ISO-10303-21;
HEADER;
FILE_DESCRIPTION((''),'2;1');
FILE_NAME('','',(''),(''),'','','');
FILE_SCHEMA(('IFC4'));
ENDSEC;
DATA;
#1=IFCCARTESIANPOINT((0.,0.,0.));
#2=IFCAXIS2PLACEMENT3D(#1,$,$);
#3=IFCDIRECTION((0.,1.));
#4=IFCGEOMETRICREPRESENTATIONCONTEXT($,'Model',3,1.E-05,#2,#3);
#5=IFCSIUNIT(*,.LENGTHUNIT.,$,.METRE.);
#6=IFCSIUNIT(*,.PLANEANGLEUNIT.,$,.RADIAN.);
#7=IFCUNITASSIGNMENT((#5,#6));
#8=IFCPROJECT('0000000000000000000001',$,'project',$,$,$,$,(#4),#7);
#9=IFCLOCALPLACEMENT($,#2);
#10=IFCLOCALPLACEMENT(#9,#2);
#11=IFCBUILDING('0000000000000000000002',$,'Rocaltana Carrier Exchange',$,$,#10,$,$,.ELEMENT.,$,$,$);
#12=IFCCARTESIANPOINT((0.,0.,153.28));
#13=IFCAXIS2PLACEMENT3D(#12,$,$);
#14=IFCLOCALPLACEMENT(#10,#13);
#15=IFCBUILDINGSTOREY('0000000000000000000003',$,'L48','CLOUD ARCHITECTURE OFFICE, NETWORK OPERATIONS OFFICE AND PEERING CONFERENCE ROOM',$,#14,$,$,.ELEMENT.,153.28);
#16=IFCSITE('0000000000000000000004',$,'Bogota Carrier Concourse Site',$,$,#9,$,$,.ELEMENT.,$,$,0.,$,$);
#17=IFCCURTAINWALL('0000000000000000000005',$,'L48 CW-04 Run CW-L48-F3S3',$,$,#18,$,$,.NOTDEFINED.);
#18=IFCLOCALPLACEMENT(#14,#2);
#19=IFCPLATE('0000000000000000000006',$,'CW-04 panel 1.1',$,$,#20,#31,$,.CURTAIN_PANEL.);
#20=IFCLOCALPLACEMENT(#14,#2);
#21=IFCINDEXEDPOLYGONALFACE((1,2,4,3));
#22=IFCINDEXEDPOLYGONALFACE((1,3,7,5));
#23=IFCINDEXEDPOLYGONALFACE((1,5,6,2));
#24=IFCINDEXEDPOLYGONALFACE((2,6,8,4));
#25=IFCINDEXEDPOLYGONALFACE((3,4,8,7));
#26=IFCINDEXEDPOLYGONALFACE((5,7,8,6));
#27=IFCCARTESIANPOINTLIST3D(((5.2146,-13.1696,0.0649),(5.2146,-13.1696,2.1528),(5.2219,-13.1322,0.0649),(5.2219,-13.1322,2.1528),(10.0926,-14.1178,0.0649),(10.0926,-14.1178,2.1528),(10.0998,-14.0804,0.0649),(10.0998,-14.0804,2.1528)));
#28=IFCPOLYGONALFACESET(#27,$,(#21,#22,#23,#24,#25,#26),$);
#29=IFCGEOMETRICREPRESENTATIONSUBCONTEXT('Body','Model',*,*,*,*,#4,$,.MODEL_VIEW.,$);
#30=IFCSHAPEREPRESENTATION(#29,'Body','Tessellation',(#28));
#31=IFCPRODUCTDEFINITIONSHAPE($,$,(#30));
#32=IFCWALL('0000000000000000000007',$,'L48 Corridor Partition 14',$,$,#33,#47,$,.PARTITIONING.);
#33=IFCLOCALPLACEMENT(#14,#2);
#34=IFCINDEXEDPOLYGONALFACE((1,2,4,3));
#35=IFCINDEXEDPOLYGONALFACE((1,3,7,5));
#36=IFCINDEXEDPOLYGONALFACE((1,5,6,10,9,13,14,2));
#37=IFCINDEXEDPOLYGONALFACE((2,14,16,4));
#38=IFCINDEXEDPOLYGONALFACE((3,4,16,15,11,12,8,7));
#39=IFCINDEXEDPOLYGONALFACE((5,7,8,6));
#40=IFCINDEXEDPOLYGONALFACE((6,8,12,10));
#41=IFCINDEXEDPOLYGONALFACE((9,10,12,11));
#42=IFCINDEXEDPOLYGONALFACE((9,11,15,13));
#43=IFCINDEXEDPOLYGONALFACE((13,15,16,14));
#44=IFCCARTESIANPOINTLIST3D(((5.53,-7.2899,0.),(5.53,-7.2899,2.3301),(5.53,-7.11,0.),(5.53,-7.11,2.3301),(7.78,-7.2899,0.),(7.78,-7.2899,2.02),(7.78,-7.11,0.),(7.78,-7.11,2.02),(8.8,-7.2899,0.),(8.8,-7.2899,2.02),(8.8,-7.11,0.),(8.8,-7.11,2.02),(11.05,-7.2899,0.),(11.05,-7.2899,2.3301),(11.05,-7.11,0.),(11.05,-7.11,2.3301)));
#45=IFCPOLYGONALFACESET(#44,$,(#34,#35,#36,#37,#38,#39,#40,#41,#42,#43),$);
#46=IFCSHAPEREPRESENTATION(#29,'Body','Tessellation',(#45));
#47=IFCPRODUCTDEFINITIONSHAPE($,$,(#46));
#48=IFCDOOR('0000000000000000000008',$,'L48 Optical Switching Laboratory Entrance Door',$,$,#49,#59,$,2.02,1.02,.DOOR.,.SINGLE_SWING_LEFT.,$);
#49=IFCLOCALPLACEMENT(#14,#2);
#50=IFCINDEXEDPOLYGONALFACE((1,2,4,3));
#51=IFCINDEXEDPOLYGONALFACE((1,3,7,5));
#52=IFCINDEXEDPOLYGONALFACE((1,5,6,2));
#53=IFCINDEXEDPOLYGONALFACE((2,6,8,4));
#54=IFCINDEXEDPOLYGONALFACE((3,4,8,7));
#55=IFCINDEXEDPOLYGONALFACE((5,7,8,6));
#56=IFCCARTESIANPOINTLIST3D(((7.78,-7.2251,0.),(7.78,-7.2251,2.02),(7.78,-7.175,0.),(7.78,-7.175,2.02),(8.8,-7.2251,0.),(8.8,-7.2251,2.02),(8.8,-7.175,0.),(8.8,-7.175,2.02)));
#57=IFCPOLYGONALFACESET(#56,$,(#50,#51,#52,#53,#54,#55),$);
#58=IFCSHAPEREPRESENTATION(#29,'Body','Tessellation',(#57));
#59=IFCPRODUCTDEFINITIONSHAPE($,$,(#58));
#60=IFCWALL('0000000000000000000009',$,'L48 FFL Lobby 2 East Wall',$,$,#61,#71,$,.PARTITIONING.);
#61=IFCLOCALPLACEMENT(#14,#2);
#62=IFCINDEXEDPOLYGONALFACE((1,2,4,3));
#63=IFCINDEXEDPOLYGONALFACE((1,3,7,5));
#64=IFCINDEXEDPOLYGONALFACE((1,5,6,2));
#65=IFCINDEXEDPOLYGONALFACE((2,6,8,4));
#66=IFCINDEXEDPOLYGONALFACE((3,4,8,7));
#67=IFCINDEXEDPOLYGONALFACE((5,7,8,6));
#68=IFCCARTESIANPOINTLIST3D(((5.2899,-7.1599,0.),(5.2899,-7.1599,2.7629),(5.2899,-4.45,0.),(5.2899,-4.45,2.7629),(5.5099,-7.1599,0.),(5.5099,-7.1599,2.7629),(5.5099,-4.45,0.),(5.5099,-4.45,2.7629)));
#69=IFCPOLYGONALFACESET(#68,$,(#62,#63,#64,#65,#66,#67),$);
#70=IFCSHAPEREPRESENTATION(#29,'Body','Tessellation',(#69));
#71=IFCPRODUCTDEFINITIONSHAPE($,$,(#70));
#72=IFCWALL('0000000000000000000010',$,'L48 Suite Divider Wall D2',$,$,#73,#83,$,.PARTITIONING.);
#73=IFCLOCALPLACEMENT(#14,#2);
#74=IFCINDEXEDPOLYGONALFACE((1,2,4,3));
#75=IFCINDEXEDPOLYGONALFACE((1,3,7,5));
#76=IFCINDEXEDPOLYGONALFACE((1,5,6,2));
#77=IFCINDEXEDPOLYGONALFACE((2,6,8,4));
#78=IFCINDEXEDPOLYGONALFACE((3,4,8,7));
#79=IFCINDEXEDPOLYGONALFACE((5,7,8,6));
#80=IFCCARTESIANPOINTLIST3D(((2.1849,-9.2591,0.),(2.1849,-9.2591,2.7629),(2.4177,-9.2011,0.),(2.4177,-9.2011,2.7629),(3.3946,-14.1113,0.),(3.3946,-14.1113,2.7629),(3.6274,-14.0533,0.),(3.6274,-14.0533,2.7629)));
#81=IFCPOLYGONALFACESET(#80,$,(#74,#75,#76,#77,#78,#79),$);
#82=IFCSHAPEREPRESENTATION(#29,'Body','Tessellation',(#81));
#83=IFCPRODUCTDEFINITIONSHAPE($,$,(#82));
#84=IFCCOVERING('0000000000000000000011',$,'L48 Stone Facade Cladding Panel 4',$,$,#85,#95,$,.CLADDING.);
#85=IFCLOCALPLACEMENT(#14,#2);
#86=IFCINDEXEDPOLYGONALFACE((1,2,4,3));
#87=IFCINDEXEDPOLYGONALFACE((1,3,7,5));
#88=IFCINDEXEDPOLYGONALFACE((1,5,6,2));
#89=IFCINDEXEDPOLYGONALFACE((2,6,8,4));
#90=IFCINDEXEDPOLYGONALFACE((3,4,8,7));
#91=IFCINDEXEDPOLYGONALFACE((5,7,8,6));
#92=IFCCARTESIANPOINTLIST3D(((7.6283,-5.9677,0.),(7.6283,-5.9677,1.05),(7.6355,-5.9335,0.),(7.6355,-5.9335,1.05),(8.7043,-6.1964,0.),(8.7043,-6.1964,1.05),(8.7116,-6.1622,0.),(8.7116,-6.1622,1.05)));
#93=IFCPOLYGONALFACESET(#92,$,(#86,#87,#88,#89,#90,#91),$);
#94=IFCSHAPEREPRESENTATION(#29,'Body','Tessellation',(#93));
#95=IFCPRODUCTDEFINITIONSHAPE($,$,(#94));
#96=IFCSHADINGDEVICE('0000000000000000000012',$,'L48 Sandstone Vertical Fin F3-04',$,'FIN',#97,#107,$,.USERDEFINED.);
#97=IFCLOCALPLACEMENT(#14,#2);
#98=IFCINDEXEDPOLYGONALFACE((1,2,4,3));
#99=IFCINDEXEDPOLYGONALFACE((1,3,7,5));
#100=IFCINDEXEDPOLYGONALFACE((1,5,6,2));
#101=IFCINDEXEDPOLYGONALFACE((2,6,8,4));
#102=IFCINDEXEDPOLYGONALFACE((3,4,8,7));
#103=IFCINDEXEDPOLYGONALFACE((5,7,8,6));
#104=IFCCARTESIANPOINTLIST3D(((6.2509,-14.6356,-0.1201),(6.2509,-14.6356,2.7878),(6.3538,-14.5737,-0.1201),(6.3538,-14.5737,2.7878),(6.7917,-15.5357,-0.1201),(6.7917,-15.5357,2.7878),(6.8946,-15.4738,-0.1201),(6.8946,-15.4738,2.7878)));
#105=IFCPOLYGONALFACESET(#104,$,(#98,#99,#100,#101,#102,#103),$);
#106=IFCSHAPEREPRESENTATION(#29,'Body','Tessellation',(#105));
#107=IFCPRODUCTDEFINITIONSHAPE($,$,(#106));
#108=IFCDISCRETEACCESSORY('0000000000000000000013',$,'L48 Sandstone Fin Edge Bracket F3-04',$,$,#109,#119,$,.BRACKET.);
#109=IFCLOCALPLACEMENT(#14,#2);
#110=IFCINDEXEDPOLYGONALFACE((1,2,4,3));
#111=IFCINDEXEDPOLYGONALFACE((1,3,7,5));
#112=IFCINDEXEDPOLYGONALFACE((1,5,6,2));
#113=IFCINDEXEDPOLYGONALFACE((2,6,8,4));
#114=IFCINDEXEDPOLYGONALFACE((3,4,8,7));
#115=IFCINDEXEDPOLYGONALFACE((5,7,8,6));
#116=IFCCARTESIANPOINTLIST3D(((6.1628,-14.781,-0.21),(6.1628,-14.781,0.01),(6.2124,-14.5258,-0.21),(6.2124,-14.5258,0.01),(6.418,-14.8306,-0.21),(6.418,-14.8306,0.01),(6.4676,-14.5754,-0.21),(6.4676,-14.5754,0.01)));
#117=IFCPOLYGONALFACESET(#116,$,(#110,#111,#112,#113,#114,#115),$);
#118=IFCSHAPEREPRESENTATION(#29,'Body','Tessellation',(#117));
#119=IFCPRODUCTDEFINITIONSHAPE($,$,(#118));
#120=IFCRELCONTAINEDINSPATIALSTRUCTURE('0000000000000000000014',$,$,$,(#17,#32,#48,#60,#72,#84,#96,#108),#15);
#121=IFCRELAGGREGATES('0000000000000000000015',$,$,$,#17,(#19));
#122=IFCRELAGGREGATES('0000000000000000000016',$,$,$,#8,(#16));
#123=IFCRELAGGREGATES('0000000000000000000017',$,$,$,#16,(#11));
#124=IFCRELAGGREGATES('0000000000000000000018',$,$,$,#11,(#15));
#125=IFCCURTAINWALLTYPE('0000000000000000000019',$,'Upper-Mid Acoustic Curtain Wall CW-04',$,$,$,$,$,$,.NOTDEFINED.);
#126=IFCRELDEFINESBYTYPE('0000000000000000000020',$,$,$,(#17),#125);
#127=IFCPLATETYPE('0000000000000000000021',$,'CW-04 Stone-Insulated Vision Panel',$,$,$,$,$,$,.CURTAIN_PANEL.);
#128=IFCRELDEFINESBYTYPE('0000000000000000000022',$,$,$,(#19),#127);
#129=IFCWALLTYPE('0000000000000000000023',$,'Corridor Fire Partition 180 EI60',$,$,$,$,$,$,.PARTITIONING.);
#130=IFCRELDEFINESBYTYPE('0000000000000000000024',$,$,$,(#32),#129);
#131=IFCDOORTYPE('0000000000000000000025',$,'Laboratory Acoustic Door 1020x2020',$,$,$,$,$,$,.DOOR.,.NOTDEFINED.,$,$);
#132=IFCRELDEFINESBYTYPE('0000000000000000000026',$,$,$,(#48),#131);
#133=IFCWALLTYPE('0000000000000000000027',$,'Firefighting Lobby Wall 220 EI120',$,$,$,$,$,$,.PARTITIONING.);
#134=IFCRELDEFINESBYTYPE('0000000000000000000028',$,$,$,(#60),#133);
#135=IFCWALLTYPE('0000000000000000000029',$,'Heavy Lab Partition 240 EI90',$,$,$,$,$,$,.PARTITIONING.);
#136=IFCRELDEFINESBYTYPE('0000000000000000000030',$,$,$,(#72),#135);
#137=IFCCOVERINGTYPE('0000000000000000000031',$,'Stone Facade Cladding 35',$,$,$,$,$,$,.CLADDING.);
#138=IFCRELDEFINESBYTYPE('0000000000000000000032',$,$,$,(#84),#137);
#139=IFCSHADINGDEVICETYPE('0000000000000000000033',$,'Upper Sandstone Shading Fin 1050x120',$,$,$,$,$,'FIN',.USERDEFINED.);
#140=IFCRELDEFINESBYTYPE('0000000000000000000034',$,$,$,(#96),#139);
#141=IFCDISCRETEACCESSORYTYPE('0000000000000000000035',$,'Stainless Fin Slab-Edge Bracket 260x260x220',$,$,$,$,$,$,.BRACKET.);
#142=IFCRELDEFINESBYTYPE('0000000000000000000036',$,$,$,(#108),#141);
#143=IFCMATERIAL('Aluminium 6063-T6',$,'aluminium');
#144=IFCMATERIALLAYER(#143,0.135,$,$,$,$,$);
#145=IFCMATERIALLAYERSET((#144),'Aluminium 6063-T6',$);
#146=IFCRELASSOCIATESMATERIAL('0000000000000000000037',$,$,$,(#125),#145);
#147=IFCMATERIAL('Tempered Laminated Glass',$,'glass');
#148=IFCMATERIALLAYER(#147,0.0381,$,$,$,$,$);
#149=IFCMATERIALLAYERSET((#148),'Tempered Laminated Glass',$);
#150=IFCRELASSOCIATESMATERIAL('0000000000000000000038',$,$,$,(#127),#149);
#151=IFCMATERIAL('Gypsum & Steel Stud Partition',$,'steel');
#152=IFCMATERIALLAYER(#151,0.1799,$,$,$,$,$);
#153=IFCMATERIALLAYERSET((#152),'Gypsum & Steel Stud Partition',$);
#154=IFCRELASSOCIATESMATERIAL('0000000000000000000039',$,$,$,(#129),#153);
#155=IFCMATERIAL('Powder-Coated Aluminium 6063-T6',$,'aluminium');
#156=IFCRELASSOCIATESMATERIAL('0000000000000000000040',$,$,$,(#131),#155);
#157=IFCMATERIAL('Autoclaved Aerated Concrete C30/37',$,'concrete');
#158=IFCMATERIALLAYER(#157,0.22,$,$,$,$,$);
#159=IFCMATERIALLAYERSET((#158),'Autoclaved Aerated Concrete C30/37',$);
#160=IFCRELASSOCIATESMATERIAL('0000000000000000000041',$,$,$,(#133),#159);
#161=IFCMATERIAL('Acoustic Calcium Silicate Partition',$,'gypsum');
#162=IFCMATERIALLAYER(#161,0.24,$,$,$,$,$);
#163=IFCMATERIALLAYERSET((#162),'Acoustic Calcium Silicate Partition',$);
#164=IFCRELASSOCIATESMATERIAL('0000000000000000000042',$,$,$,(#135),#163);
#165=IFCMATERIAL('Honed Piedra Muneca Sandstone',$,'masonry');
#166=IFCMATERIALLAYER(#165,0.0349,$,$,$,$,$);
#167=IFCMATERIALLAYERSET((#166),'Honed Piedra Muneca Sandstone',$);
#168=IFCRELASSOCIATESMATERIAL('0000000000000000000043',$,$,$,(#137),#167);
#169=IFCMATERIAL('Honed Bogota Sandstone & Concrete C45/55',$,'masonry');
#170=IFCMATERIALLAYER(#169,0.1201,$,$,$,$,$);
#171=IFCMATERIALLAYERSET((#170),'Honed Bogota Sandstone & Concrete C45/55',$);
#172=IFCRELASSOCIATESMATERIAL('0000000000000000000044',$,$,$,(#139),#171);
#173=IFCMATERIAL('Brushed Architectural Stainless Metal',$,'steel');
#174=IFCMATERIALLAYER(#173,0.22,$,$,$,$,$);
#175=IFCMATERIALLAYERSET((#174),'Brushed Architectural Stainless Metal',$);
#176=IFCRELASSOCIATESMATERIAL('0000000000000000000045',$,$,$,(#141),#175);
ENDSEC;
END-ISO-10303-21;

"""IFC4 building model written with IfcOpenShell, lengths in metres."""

from ifc_helpers import new_model, si_unit, direction, frame, frame_2d, origin, origin_2d, place, context, subcontext, project, spatial, rectangle, extrude, material, layer, layer_set, type_object, element, fill, aggregate, save


model = new_model("IFC4")

# Units and contexts
model_context = context("Model", 3, precision=1e-05, world=origin(), true_north=direction((0.0, 1.0)))
body_context = subcontext(model_context, "Body", "Model", "MODEL_VIEW")
ifc_project = project(units=[si_unit("LENGTHUNIT", "METRE"), si_unit("PLANEANGLEUNIT", "RADIAN")], contexts=[model_context])

# Site, building, storey
site_placement = place(None, origin())
site = spatial("IfcSite", under=ifc_project, at=site_placement, Name="Bogota Carrier Concourse Site", CompositionType="ELEMENT", RefElevation=0.0)
building_placement = place(site_placement, origin())
building = spatial("IfcBuilding", under=site, at=building_placement, Name="Rocaltana Carrier Exchange", CompositionType="ELEMENT")
storey_placement = place(building_placement, frame((0.0, 0.0, 153.28)))
storey = spatial("IfcBuildingStorey", under=building, at=storey_placement, Name="L48", Description="CLOUD ARCHITECTURE OFFICE, NETWORK OPERATIONS OFFICE AND PEERING CONFERENCE ROOM", CompositionType="ELEMENT", Elevation=153.28)

# Shared definitions
ifc_material_1 = material(Name="Aluminium 6063-T6", Category="aluminium")
ifc_layer_1 = layer(ifc_material_1, 0.135)
ifc_layer_set_1 = layer_set([ifc_layer_1], Name="Aluminium 6063-T6")
curtain_wall_type = type_object("IfcCurtainWallType", Name="Upper-Mid Acoustic Curtain Wall CW-04", PredefinedType="NOTDEFINED", material=ifc_layer_set_1)

# Curtain wall
curtain_wall_1_placement = place(storey_placement, origin())
curtain_wall_1 = element("IfcCurtainWall", 1, at=curtain_wall_1_placement, inside=storey, type_object=curtain_wall_type, Name="L48 CW-04 Run CW-L48-F3S3", PredefinedType="NOTDEFINED")

# Plate
ifc_material_2 = material(Name="Tempered Laminated Glass", Category="glass")
ifc_layer_2 = layer(ifc_material_2, 0.0381)
ifc_layer_set_2 = layer_set([ifc_layer_2], Name="Tempered Laminated Glass")
plate_type = type_object("IfcPlateType", Name="CW-04 Stone-Insulated Vision Panel", PredefinedType="CURTAIN_PANEL", material=ifc_layer_set_2)
plate_placement = place(storey_placement, frame((7.6572, -13.625, 0.0649), z_axis=(0.0, 0.0, 1.0), x_axis=(0.981628, -0.190805, 0.0)))
plate = element("IfcPlate", 2, at=plate_placement, type_object=plate_type, Name="CW-04 panel 1.1", PredefinedType="CURTAIN_PANEL", context=body_context, shape_type="SweptSolid", body=[
    extrude(rectangle(XDim=4.9692, YDim=0.0381, at=origin_2d()), origin(), (0.0, 0.0, 1.0), 2.0879),
])
aggregate(curtain_wall_1, [plate])

# Wall, opening, door
ifc_material_3 = material(Name="Gypsum & Steel Stud Partition", Category="steel")
ifc_layer_3 = layer(ifc_material_3, 0.1799)
ifc_layer_set_3 = layer_set([ifc_layer_3], Name="Gypsum & Steel Stud Partition")
wall_type_1 = type_object("IfcWallType", Name="Corridor Fire Partition 180 EI60", PredefinedType="PARTITIONING", material=ifc_layer_set_3)
wall_1_placement = place(storey_placement, frame((5.53, -7.2, 0.0), z_axis=(0.0, 0.0, 1.0), x_axis=(1.0, 0.0, 0.0)))
wall_1 = element("IfcWall", 3, at=wall_1_placement, inside=storey, type_object=wall_type_1, Name="L48 Corridor Partition 14", PredefinedType="PARTITIONING", context=body_context, shape_type="SweptSolid", body=[
    extrude(rectangle(XDim=5.52, YDim=0.1799, at=frame_2d((2.76, 0.0))), origin(), (0.0, 0.0, 1.0), 2.3301),
])
opening_placement = place(wall_1_placement, frame((2.25, 0.0, 0.0)))
opening = element("IfcOpeningElement", 4, at=opening_placement, cuts=wall_1, PredefinedType="OPENING", context=body_context, shape_type="SweptSolid", body=[
    extrude(rectangle(XDim=1.02, YDim=2.02, at=frame_2d((0.51, 1.01))), frame((0.0, 0.0999, 0.0), z_axis=(0.0, -1.0, 0.0), x_axis=(1.0, 0.0, 0.0)), (0.0, 0.0, 1.0), 0.2),
])
ifc_material_4 = material(Name="Powder-Coated Aluminium 6063-T6", Category="aluminium")
door_type = type_object("IfcDoorType", Name="Laboratory Acoustic Door 1020x2020", OperationType="NOTDEFINED", PredefinedType="DOOR", material=ifc_material_4)
door_placement = place(opening_placement, origin())
door = element("IfcDoor", 5, at=door_placement, inside=storey, type_object=door_type, Name="L48 Optical Switching Laboratory Entrance Door", OperationType="SINGLE_SWING_LEFT", OverallHeight=2.02, OverallWidth=1.02, PredefinedType="DOOR", context=body_context, shape_type="SweptSolid", body=[
    extrude(rectangle(XDim=1.02, YDim=2.02, at=frame_2d((0.51, 1.01))), frame((0.0, 0.0249, 0.0), z_axis=(0.0, -1.0, 0.0), x_axis=(1.0, 0.0, 0.0)), (0.0, 0.0, 1.0), 0.05),
])
fill(opening, door)

# Walls
ifc_material_5 = material(Name="Autoclaved Aerated Concrete C30/37", Category="concrete")
ifc_layer_4 = layer(ifc_material_5, 0.22)
ifc_layer_set_4 = layer_set([ifc_layer_4], Name="Autoclaved Aerated Concrete C30/37")
wall_type_2 = type_object("IfcWallType", Name="Firefighting Lobby Wall 220 EI120", PredefinedType="PARTITIONING", material=ifc_layer_set_4)
wall_2_placement = place(storey_placement, frame((5.3999, -7.1599, 0.0), z_axis=(0.0, 0.0, 1.0), x_axis=(0.0, 1.0, 0.0)))
element("IfcWall", 6, at=wall_2_placement, inside=storey, type_object=wall_type_2, Name="L48 FFL Lobby 2 East Wall", PredefinedType="PARTITIONING", context=body_context, shape_type="SweptSolid", body=[
    extrude(rectangle(XDim=2.71, YDim=0.22, at=frame_2d((1.355, 0.0))), origin(), (0.0, 0.0, 1.0), 2.7629),
])
ifc_material_6 = material(Name="Acoustic Calcium Silicate Partition", Category="gypsum")
ifc_layer_5 = layer(ifc_material_6, 0.24)
ifc_layer_set_5 = layer_set([ifc_layer_5], Name="Acoustic Calcium Silicate Partition")
wall_type_3 = type_object("IfcWallType", Name="Heavy Lab Partition 240 EI90", PredefinedType="PARTITIONING", material=ifc_layer_set_5)
wall_3_placement = place(storey_placement, frame((2.3013, -9.23, 0.0), z_axis=(0.0, 0.0, 1.0), x_axis=(0.241904, -0.9703, 0.0)))
element("IfcWall", 7, at=wall_3_placement, inside=storey, type_object=wall_type_3, Name="L48 Suite Divider Wall D2", PredefinedType="PARTITIONING", context=body_context, shape_type="SweptSolid", body=[
    extrude(rectangle(XDim=5.0007, YDim=0.24, at=frame_2d((2.5005, 0.0))), origin(), (0.0, 0.0, 1.0), 2.7629),
])

# Covering
ifc_material_7 = material(Name="Honed Piedra Muneca Sandstone", Category="masonry")
ifc_layer_6 = layer(ifc_material_7, 0.0349)
ifc_layer_set_6 = layer_set([ifc_layer_6], Name="Honed Piedra Muneca Sandstone")
covering_type = type_object("IfcCoveringType", Name="Stone Facade Cladding 35", PredefinedType="CLADDING", material=ifc_layer_set_6)
covering_placement = place(storey_placement, frame((8.1699, -6.0649, 0.0), z_axis=(0.0, 0.0, 1.0), x_axis=(-0.978148, 0.207912, 0.0)))
element("IfcCovering", 8, at=covering_placement, inside=storey, type_object=covering_type, Name="L48 Stone Facade Cladding Panel 4", PredefinedType="CLADDING", context=body_context, shape_type="SweptSolid", body=[
    extrude(rectangle(XDim=1.1001, YDim=0.0349, at=origin_2d()), origin(), (0.0, 0.0, 1.0), 1.05),
])

# Shading device
ifc_material_8 = material(Name="Honed Bogota Sandstone & Concrete C45/55", Category="masonry")
ifc_layer_7 = layer(ifc_material_8, 0.1201)
ifc_layer_set_7 = layer_set([ifc_layer_7], Name="Honed Bogota Sandstone & Concrete C45/55")
shading_device_type = type_object("IfcShadingDeviceType", Name="Upper Sandstone Shading Fin 1050x120", ElementType="FIN", PredefinedType="USERDEFINED", material=ifc_layer_set_7)
shading_device_placement = place(storey_placement, frame((6.5728, -15.0547, -0.1201), z_axis=(0.0, 0.0, 1.0), x_axis=(0.515038, -0.857167, 0.0)))
element("IfcShadingDevice", 9, at=shading_device_placement, inside=storey, type_object=shading_device_type, Name="L48 Sandstone Vertical Fin F3-04", ObjectType="FIN", PredefinedType="USERDEFINED", context=body_context, shape_type="SweptSolid", body=[
    extrude(rectangle(XDim=1.05, YDim=0.1201, at=origin_2d()), origin(), (0.0, 0.0, 1.0), 2.908),
])

# Discrete accessory
ifc_material_9 = material(Name="Brushed Architectural Stainless Metal", Category="steel")
ifc_layer_8 = layer(ifc_material_9, 0.22)
ifc_layer_set_8 = layer_set([ifc_layer_8], Name="Brushed Architectural Stainless Metal")
discrete_accessory_type = type_object("IfcDiscreteAccessoryType", Name="Stainless Fin Slab-Edge Bracket 260x260x220", PredefinedType="BRACKET", material=ifc_layer_set_8)
discrete_accessory_placement = place(storey_placement, frame((6.3152, -14.6782, -0.21), z_axis=(0.0, 0.0, 1.0), x_axis=(0.981627, -0.190809, 0.0)))
element("IfcDiscreteAccessory", 10, at=discrete_accessory_placement, inside=storey, type_object=discrete_accessory_type, Name="L48 Sandstone Fin Edge Bracket F3-04", PredefinedType="BRACKET", context=body_context, shape_type="SweptSolid", body=[
    extrude(rectangle(XDim=0.26, YDim=0.26, at=origin_2d()), origin(), (0.0, 0.0, 1.0), 0.22),
])

save(model, "model.ifc")
